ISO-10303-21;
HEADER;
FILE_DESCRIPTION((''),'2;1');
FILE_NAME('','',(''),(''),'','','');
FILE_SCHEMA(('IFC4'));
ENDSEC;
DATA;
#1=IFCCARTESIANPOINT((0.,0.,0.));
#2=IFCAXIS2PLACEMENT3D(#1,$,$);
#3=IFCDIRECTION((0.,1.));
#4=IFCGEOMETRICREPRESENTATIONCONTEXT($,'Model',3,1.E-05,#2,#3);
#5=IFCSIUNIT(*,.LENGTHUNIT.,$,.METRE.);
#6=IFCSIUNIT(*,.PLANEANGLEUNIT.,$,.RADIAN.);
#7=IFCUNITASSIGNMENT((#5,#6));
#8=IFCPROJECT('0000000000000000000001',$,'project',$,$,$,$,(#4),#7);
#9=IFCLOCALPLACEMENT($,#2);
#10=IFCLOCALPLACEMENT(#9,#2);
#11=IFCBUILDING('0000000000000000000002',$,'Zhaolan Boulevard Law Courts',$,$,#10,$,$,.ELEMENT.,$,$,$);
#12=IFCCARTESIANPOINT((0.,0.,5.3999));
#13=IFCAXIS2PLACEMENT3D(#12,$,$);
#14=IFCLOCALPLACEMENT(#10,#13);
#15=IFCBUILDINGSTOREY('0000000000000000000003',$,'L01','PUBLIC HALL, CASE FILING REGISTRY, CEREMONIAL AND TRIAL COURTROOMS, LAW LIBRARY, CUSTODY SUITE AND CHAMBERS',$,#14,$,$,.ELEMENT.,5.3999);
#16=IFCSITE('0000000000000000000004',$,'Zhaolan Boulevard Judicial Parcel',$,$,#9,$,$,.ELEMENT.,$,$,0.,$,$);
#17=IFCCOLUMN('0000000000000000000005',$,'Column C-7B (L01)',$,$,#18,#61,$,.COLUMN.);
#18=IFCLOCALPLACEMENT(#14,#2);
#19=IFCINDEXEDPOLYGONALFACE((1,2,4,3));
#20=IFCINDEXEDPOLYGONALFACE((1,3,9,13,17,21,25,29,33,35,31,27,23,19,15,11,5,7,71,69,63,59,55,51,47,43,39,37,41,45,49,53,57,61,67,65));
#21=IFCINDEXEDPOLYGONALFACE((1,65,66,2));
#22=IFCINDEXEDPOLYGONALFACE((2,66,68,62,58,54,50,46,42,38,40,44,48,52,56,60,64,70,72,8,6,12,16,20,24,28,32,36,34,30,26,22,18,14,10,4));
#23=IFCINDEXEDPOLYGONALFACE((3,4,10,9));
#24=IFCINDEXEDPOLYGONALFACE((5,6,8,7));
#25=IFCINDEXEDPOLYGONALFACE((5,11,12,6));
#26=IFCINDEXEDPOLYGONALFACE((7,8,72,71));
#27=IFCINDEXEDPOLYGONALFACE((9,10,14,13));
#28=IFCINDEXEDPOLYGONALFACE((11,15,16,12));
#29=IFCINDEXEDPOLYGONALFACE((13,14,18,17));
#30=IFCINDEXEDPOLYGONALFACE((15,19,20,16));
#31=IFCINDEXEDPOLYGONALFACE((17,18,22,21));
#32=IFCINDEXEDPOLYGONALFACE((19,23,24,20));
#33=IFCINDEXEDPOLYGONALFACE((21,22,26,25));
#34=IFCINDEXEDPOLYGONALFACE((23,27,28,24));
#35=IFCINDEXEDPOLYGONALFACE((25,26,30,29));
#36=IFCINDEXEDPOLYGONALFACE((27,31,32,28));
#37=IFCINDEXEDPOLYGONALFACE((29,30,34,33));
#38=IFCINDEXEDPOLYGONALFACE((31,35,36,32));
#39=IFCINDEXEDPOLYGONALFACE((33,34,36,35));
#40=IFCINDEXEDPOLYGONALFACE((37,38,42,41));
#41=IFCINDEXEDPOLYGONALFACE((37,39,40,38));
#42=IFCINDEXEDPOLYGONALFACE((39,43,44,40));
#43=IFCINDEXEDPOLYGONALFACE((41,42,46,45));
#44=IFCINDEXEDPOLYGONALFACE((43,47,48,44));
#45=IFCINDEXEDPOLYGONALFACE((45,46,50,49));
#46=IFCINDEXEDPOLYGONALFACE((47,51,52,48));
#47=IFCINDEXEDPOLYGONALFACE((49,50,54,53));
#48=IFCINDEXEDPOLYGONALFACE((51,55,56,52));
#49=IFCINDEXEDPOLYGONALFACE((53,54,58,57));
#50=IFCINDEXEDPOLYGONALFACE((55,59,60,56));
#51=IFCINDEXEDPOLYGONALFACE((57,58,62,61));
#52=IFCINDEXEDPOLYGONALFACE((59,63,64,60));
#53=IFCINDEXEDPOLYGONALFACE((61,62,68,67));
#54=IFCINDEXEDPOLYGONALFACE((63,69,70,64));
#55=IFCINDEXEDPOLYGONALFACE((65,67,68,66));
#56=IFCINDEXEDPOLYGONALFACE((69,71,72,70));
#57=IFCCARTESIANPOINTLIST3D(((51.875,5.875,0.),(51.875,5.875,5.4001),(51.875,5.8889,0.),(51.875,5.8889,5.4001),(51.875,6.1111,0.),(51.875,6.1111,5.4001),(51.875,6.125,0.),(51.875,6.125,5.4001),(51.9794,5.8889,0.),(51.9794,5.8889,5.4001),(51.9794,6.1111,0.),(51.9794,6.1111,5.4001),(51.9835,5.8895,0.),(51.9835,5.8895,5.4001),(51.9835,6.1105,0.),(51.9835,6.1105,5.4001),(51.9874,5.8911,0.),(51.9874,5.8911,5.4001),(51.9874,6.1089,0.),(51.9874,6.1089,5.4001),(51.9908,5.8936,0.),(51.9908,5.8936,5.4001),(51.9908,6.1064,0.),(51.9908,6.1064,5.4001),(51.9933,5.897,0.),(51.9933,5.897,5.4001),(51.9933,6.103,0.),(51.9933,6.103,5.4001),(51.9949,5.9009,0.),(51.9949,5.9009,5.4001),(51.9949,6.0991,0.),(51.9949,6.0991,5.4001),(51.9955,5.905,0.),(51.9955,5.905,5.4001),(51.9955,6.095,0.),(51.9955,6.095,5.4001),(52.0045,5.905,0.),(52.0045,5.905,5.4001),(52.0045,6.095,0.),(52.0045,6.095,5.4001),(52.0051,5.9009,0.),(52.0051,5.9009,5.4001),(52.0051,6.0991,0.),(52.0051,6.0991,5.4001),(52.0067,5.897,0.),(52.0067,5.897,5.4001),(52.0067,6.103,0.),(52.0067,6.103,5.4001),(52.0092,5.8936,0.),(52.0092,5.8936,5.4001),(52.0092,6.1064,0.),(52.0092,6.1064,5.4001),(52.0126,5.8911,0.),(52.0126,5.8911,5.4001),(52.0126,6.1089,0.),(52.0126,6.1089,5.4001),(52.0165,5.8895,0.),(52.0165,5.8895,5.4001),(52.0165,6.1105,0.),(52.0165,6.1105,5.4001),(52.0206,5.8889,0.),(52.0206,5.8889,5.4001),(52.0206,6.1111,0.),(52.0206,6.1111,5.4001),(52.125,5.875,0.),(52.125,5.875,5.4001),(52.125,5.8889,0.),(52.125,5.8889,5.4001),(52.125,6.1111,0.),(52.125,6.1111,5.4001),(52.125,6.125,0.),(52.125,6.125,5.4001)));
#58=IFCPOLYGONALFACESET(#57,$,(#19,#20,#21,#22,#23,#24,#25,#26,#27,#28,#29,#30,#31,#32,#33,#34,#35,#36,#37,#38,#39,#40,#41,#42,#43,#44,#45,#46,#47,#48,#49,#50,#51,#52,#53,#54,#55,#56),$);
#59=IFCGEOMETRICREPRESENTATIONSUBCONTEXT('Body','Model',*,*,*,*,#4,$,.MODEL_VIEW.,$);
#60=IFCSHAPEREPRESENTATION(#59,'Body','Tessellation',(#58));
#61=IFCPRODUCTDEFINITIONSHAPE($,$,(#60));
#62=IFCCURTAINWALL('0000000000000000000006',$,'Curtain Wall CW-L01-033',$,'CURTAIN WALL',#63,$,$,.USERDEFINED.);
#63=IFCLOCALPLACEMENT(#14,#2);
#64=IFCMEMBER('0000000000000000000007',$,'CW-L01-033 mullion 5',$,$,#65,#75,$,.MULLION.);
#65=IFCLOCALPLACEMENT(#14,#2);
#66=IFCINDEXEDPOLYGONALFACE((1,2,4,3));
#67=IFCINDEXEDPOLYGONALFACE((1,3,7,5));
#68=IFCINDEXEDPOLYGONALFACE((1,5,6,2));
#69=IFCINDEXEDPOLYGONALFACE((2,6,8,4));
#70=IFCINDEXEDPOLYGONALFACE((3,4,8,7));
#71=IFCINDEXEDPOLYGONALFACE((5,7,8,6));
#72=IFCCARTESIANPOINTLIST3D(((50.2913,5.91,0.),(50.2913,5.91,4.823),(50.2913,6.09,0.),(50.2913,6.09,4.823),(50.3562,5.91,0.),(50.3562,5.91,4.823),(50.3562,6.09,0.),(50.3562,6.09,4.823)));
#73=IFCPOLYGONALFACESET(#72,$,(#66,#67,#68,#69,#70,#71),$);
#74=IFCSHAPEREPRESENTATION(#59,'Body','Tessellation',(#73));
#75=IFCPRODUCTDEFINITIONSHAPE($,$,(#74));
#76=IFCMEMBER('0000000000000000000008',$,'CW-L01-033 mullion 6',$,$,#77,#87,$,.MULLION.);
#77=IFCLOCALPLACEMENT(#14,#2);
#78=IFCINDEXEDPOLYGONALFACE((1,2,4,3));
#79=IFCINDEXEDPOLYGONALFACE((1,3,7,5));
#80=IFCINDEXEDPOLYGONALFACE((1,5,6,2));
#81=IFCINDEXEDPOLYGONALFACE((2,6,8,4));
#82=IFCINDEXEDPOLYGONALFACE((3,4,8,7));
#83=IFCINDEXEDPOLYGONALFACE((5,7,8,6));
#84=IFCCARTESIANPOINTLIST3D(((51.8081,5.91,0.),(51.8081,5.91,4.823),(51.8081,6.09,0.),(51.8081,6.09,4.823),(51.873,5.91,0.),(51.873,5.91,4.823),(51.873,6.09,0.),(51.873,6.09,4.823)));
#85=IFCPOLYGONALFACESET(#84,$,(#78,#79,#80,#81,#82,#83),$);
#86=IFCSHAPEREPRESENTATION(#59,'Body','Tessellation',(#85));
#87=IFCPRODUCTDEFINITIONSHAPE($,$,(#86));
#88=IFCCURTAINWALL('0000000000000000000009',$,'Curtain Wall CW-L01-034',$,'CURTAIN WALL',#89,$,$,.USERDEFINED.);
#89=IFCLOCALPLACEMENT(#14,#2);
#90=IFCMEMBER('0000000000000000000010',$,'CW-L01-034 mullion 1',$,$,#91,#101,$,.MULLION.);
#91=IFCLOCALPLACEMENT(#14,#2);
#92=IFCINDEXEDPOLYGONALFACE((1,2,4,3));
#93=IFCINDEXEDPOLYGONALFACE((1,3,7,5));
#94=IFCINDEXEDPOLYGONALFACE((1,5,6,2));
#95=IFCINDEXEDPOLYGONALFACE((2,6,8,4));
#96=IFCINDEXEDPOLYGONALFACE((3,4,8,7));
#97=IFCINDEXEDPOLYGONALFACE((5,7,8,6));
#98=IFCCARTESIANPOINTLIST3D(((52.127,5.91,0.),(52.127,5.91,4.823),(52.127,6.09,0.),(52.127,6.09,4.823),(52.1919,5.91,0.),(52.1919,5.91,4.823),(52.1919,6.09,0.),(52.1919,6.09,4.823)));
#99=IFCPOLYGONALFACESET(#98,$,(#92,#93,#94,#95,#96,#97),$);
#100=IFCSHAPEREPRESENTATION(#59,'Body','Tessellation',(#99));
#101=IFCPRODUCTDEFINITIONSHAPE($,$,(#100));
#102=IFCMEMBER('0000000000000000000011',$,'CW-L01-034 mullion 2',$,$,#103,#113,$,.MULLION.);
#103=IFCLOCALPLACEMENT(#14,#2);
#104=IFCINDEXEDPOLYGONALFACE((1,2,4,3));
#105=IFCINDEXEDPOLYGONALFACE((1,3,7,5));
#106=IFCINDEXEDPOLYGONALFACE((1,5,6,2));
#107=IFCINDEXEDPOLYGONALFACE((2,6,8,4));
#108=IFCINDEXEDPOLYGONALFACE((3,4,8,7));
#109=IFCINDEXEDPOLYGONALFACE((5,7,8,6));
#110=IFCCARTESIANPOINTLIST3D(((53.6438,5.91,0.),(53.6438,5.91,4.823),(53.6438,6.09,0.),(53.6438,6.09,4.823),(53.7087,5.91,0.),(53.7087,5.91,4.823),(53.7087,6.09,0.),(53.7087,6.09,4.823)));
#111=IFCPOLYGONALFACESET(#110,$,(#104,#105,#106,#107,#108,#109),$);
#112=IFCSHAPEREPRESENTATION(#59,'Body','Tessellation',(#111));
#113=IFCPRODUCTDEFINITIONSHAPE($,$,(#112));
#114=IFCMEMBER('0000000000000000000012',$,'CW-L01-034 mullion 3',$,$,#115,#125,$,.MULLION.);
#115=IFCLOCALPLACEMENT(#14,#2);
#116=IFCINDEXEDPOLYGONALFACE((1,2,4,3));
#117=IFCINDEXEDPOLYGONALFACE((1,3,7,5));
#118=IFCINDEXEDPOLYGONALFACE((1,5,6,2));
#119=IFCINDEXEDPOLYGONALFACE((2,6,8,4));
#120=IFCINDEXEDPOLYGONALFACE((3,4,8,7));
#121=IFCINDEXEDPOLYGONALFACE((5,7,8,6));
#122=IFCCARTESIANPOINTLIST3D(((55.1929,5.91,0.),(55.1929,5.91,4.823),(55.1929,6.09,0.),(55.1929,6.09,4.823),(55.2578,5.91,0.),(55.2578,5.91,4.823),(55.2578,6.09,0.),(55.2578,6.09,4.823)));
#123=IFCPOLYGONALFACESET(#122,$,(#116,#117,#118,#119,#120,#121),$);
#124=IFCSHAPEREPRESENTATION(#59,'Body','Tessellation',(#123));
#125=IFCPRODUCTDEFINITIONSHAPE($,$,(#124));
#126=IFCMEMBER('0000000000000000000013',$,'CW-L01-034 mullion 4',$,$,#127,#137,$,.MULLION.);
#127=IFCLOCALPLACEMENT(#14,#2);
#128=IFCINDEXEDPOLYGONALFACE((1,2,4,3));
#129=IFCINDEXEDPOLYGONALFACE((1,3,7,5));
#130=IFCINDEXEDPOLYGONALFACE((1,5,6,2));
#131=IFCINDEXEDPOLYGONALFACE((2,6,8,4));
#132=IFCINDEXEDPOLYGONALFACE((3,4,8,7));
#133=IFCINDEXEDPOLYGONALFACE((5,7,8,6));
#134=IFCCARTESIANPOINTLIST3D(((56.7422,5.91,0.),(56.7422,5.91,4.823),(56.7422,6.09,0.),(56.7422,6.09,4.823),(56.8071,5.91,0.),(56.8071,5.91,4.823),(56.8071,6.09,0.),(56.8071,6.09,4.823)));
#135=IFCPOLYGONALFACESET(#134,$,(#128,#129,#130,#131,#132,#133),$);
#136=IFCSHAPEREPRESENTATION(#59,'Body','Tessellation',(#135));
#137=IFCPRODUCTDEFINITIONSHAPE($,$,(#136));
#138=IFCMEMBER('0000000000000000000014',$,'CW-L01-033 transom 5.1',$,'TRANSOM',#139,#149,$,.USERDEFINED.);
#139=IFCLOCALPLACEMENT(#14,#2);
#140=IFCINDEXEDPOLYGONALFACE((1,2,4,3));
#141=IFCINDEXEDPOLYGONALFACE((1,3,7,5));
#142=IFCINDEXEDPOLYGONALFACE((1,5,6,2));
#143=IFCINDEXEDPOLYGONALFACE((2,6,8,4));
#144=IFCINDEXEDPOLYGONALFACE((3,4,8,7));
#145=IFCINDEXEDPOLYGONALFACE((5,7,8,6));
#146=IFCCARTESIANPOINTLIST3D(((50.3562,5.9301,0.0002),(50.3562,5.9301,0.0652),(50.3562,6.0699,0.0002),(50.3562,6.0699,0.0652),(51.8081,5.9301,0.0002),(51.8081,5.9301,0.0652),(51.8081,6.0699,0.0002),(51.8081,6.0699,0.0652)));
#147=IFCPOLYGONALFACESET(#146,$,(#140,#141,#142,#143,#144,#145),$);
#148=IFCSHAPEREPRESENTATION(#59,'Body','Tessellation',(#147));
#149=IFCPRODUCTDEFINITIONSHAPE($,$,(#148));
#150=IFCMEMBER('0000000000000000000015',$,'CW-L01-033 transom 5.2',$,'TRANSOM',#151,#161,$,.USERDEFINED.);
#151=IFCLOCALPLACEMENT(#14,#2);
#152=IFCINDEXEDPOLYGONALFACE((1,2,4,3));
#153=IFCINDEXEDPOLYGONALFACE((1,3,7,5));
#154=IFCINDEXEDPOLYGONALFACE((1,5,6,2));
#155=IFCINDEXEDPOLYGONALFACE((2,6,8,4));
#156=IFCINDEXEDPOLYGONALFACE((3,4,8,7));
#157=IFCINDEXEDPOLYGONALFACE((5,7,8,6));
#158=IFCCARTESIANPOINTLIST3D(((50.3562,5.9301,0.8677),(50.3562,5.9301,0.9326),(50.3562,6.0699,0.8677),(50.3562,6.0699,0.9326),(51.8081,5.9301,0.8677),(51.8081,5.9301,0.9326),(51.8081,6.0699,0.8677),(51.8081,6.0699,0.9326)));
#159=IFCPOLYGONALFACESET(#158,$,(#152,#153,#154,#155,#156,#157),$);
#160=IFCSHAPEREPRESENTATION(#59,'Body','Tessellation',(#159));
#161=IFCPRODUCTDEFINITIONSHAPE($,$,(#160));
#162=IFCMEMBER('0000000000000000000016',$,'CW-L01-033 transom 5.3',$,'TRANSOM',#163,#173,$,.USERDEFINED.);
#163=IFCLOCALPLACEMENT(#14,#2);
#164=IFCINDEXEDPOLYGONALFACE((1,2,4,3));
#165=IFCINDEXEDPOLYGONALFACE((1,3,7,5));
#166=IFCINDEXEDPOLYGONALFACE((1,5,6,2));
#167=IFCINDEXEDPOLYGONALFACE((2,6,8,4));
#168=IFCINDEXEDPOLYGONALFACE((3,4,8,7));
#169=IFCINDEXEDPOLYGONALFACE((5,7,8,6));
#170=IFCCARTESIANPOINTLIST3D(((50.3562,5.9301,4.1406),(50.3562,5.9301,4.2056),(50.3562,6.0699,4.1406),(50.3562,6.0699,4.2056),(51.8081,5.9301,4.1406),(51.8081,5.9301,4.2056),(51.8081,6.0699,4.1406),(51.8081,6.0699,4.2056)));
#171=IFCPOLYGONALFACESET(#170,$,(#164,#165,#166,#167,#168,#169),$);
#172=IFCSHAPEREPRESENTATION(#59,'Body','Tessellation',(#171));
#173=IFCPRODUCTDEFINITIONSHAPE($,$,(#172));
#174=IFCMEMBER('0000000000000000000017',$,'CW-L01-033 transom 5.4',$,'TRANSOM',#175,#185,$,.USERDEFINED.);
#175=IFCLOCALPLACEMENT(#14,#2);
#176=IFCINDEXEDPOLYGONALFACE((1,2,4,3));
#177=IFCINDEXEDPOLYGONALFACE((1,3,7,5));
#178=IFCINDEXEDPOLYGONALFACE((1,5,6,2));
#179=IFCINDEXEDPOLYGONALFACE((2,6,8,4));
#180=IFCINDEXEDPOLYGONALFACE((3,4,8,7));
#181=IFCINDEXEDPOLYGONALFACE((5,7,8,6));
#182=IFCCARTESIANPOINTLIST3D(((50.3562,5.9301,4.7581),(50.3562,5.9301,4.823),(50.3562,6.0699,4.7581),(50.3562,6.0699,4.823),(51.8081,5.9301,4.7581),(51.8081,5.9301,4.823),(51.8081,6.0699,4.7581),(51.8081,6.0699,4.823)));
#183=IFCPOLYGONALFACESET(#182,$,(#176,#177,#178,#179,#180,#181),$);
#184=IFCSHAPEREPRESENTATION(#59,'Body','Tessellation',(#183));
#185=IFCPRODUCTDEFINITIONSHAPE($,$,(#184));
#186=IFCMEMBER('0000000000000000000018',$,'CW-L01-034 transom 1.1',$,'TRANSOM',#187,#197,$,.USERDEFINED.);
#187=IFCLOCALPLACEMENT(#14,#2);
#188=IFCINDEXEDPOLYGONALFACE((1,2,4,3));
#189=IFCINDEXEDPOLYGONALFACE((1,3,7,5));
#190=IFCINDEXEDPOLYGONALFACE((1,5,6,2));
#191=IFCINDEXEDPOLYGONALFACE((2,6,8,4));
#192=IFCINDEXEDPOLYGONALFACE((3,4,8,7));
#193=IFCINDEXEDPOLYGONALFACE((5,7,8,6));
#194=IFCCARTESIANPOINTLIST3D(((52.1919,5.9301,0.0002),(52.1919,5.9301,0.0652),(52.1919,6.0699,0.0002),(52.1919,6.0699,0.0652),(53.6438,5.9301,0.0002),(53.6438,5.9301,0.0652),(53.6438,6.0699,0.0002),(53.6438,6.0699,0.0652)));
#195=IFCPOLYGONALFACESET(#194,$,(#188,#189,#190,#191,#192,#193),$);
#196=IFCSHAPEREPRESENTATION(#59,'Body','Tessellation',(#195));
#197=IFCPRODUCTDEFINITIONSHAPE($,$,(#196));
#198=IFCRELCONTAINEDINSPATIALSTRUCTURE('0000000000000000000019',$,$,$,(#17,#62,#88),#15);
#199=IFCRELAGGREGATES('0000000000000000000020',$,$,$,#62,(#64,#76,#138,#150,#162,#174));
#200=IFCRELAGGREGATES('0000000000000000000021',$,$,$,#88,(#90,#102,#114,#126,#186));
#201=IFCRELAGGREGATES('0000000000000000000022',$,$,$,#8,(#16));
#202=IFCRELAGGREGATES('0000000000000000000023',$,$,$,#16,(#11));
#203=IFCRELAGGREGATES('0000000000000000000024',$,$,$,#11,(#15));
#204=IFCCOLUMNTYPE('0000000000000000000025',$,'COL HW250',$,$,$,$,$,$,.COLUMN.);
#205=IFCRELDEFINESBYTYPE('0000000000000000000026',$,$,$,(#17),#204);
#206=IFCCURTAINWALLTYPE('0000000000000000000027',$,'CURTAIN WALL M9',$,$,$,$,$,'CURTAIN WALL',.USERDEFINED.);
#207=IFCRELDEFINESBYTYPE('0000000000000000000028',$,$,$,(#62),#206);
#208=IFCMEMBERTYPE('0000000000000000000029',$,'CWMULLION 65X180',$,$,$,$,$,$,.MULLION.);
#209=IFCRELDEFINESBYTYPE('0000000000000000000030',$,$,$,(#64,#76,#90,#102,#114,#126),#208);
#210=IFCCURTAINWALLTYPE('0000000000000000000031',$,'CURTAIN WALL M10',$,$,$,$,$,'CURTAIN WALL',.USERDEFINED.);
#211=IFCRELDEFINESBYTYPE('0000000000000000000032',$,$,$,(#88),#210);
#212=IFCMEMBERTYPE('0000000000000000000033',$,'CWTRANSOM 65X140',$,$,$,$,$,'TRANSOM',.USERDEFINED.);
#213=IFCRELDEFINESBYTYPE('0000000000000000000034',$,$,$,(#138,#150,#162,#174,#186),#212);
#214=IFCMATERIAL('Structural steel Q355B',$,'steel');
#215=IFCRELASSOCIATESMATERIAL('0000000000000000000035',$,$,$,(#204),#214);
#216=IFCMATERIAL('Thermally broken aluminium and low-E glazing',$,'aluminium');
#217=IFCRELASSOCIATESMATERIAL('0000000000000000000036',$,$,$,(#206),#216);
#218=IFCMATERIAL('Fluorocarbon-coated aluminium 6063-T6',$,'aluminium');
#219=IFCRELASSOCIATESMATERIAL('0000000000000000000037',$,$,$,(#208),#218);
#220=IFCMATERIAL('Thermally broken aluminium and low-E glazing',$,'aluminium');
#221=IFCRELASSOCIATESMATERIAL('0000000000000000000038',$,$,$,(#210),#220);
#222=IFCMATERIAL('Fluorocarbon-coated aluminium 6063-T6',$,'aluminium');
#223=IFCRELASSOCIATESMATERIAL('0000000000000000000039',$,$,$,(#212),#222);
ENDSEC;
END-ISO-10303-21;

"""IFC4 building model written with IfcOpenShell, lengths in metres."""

from ifc_helpers import new_model, si_unit, direction, frame, origin, origin_2d, place, context, subcontext, project, spatial, rectangle, i_section, extrude, material, material_profile, profile_set, type_object, element, aggregate, save


model = new_model("IFC4")

# Units and contexts
model_context = context("Model", 3, precision=1e-05, world=origin(), true_north=direction((0.0, 1.0)))
body_context = subcontext(model_context, "Body", "Model", "MODEL_VIEW")
ifc_project = project(units=[si_unit("LENGTHUNIT", "METRE"), si_unit("PLANEANGLEUNIT", "RADIAN")], contexts=[model_context])

# Site, building, storey
site_placement = place(None, origin())
site = spatial("IfcSite", under=ifc_project, at=site_placement, Name="Zhaolan Boulevard Judicial Parcel", CompositionType="ELEMENT", RefElevation=0.0)
building_placement = place(site_placement, origin())
building = spatial("IfcBuilding", under=site, at=building_placement, Name="Zhaolan Boulevard Law Courts", CompositionType="ELEMENT")
storey_placement = place(building_placement, frame((0.0, 0.0, 5.3999)))
storey = spatial("IfcBuildingStorey", under=building, at=storey_placement, Name="L01", Description="PUBLIC HALL, CASE FILING REGISTRY, CEREMONIAL AND TRIAL COURTROOMS, LAW LIBRARY, CUSTODY SUITE AND CHAMBERS", CompositionType="ELEMENT", Elevation=5.3999)

# Column
ifc_material_1 = material(Name="Structural steel Q355B", Category="steel")
ifc_material_profile_1 = material_profile(ifc_material_1, i_section(OverallWidth=0.25, OverallDepth=0.25, WebThickness=0.009, FlangeThickness=0.0139, FilletRadius=0.0161, at=origin_2d()), Name="HW250x250")
ifc_profile_set_1 = profile_set([ifc_material_profile_1], Name="Structural steel Q355B")
column_type = type_object("IfcColumnType", Name="COL HW250", PredefinedType="COLUMN", material=ifc_profile_set_1)
column_placement = place(storey_placement, frame((52.0, 6.0, 0.0), z_axis=(0.0, 0.0, 1.0), x_axis=(1.0, 0.0, 0.0)))
element("IfcColumn", 1, at=column_placement, inside=storey, type_object=column_type, Name="Column C-7B (L01)", PredefinedType="COLUMN", context=body_context, shape_type="SweptSolid", body=[
    extrude(i_section(OverallWidth=0.25, OverallDepth=0.25, WebThickness=0.009, FlangeThickness=0.0139, FilletRadius=0.0161, at=origin_2d()), origin(), (0.0, 0.0, 1.0), 5.4001),
])

# Curtain walls, members
ifc_material_2 = material(Name="Thermally broken aluminium and low-E glazing", Category="aluminium")
curtain_wall_type_1 = type_object("IfcCurtainWallType", Name="CURTAIN WALL M9", ElementType="CURTAIN WALL", PredefinedType="USERDEFINED", material=ifc_material_2)
curtain_wall_1_placement = place(storey_placement, origin())
curtain_wall_1 = element("IfcCurtainWall", 2, at=curtain_wall_1_placement, inside=storey, type_object=curtain_wall_type_1, Name="Curtain Wall CW-L01-033", ObjectType="CURTAIN WALL", PredefinedType="USERDEFINED")
ifc_material_3 = material(Name="Fluorocarbon-coated aluminium 6063-T6", Category="aluminium")
ifc_material_profile_2 = material_profile(ifc_material_3, rectangle(XDim=0.1799, YDim=0.0649, at=origin_2d()), Name="AL65x180")
ifc_profile_set_2 = profile_set([ifc_material_profile_2], Name="Fluorocarbon-coated aluminium 6063-T6")
member_type_1 = type_object("IfcMemberType", Name="CWMULLION 65X180", PredefinedType="MULLION", material=ifc_profile_set_2)
member_1_placement = place(storey_placement, frame((50.3237, 6.0, 0.0), z_axis=(0.0, 0.0, 1.0), x_axis=(0.0, 1.0, 0.0)))
member_1 = element("IfcMember", 3, at=member_1_placement, type_object=member_type_1, Name="CW-L01-033 mullion 5", PredefinedType="MULLION", context=body_context, shape_type="SweptSolid", body=[
    extrude(rectangle(XDim=0.1799, YDim=0.0649, at=origin_2d()), origin(), (0.0, 0.0, 1.0), 4.823),
])
member_2_placement = place(storey_placement, frame((51.8406, 6.0, 0.0), z_axis=(0.0, 0.0, 1.0), x_axis=(0.0, 1.0, 0.0)))
member_2 = element("IfcMember", 4, at=member_2_placement, type_object=member_type_1, Name="CW-L01-033 mullion 6", PredefinedType="MULLION", context=body_context, shape_type="SweptSolid", body=[
    extrude(rectangle(XDim=0.1799, YDim=0.0649, at=origin_2d()), origin(), (0.0, 0.0, 1.0), 4.823),
])
ifc_material_4 = material(Name="Thermally broken aluminium and low-E glazing", Category="aluminium")
curtain_wall_type_2 = type_object("IfcCurtainWallType", Name="CURTAIN WALL M10", ElementType="CURTAIN WALL", PredefinedType="USERDEFINED", material=ifc_material_4)
curtain_wall_2_placement = place(storey_placement, origin())
curtain_wall_2 = element("IfcCurtainWall", 5, at=curtain_wall_2_placement, inside=storey, type_object=curtain_wall_type_2, Name="Curtain Wall CW-L01-034", ObjectType="CURTAIN WALL", PredefinedType="USERDEFINED")
member_3_placement = place(storey_placement, frame((52.1594, 6.0, 0.0), z_axis=(0.0, 0.0, 1.0), x_axis=(0.0, 1.0, 0.0)))
member_3 = element("IfcMember", 6, at=member_3_placement, type_object=member_type_1, Name="CW-L01-034 mullion 1", PredefinedType="MULLION", context=body_context, shape_type="SweptSolid", body=[
    extrude(rectangle(XDim=0.1799, YDim=0.0649, at=origin_2d()), origin(), (0.0, 0.0, 1.0), 4.823),
])
member_4_placement = place(storey_placement, frame((53.6763, 6.0, 0.0), z_axis=(0.0, 0.0, 1.0), x_axis=(0.0, 1.0, 0.0)))
member_4 = element("IfcMember", 7, at=member_4_placement, type_object=member_type_1, Name="CW-L01-034 mullion 2", PredefinedType="MULLION", context=body_context, shape_type="SweptSolid", body=[
    extrude(rectangle(XDim=0.1799, YDim=0.0649, at=origin_2d()), origin(), (0.0, 0.0, 1.0), 4.823),
])
member_5_placement = place(storey_placement, frame((55.2253, 6.0, 0.0), z_axis=(0.0, 0.0, 1.0), x_axis=(0.0, 1.0, 0.0)))
member_5 = element("IfcMember", 8, at=member_5_placement, type_object=member_type_1, Name="CW-L01-034 mullion 3", PredefinedType="MULLION", context=body_context, shape_type="SweptSolid", body=[
    extrude(rectangle(XDim=0.1799, YDim=0.0649, at=origin_2d()), origin(), (0.0, 0.0, 1.0), 4.823),
])
member_6_placement = place(storey_placement, frame((56.7747, 6.0, 0.0), z_axis=(0.0, 0.0, 1.0), x_axis=(0.0, 1.0, 0.0)))
member_6 = element("IfcMember", 9, at=member_6_placement, type_object=member_type_1, Name="CW-L01-034 mullion 4", PredefinedType="MULLION", context=body_context, shape_type="SweptSolid", body=[
    extrude(rectangle(XDim=0.1799, YDim=0.0649, at=origin_2d()), origin(), (0.0, 0.0, 1.0), 4.823),
])

# Members
ifc_material_5 = material(Name="Fluorocarbon-coated aluminium 6063-T6", Category="aluminium")
ifc_material_profile_3 = material_profile(ifc_material_5, rectangle(XDim=0.1399, YDim=0.0649, at=origin_2d()), Name="AL65x140")
ifc_profile_set_3 = profile_set([ifc_material_profile_3], Name="Fluorocarbon-coated aluminium 6063-T6")
member_type_2 = type_object("IfcMemberType", Name="CWTRANSOM 65X140", ElementType="TRANSOM", PredefinedType="USERDEFINED", material=ifc_profile_set_3)
member_7_placement = place(storey_placement, frame((50.3562, 6.0, 0.0327), z_axis=(1.0, 0.0, 0.0), x_axis=(0.0, 1.0, 0.0)))
member_7 = element("IfcMember", 10, at=member_7_placement, type_object=member_type_2, Name="CW-L01-033 transom 5.1", ObjectType="TRANSOM", PredefinedType="USERDEFINED", context=body_context, shape_type="SweptSolid", body=[
    extrude(rectangle(XDim=0.1399, YDim=0.0649, at=origin_2d()), origin(), (0.0, 0.0, 1.0), 1.4519),
])
member_8_placement = place(storey_placement, frame((50.3562, 6.0, 0.9001), z_axis=(1.0, 0.0, 0.0), x_axis=(0.0, 1.0, 0.0)))
member_8 = element("IfcMember", 11, at=member_8_placement, type_object=member_type_2, Name="CW-L01-033 transom 5.2", ObjectType="TRANSOM", PredefinedType="USERDEFINED", context=body_context, shape_type="SweptSolid", body=[
    extrude(rectangle(XDim=0.1399, YDim=0.0649, at=origin_2d()), origin(), (0.0, 0.0, 1.0), 1.4519),
])
member_9_placement = place(storey_placement, frame((50.3562, 6.0, 4.1731), z_axis=(1.0, 0.0, 0.0), x_axis=(0.0, 1.0, 0.0)))
member_9 = element("IfcMember", 12, at=member_9_placement, type_object=member_type_2, Name="CW-L01-033 transom 5.3", ObjectType="TRANSOM", PredefinedType="USERDEFINED", context=body_context, shape_type="SweptSolid", body=[
    extrude(rectangle(XDim=0.1399, YDim=0.0649, at=origin_2d()), origin(), (0.0, 0.0, 1.0), 1.4519),
])
member_10_placement = place(storey_placement, frame((50.3562, 6.0, 4.7905), z_axis=(1.0, 0.0, 0.0), x_axis=(0.0, 1.0, 0.0)))
member_10 = element("IfcMember", 13, at=member_10_placement, type_object=member_type_2, Name="CW-L01-033 transom 5.4", ObjectType="TRANSOM", PredefinedType="USERDEFINED", context=body_context, shape_type="SweptSolid", body=[
    extrude(rectangle(XDim=0.1399, YDim=0.0649, at=origin_2d()), origin(), (0.0, 0.0, 1.0), 1.4519),
])
member_11_placement = place(storey_placement, frame((52.1919, 6.0, 0.0327), z_axis=(1.0, 0.0, 0.0), x_axis=(0.0, 1.0, 0.0)))
member_11 = element("IfcMember", 14, at=member_11_placement, type_object=member_type_2, Name="CW-L01-034 transom 1.1", ObjectType="TRANSOM", PredefinedType="USERDEFINED", context=body_context, shape_type="SweptSolid", body=[
    extrude(rectangle(XDim=0.1399, YDim=0.0649, at=origin_2d()), origin(), (0.0, 0.0, 1.0), 1.4519),
])

aggregate(curtain_wall_1, [member_1, member_2, member_7, member_8, member_9, member_10])
aggregate(curtain_wall_2, [member_3, member_4, member_5, member_6, member_11])

save(model, "model.ifc")
